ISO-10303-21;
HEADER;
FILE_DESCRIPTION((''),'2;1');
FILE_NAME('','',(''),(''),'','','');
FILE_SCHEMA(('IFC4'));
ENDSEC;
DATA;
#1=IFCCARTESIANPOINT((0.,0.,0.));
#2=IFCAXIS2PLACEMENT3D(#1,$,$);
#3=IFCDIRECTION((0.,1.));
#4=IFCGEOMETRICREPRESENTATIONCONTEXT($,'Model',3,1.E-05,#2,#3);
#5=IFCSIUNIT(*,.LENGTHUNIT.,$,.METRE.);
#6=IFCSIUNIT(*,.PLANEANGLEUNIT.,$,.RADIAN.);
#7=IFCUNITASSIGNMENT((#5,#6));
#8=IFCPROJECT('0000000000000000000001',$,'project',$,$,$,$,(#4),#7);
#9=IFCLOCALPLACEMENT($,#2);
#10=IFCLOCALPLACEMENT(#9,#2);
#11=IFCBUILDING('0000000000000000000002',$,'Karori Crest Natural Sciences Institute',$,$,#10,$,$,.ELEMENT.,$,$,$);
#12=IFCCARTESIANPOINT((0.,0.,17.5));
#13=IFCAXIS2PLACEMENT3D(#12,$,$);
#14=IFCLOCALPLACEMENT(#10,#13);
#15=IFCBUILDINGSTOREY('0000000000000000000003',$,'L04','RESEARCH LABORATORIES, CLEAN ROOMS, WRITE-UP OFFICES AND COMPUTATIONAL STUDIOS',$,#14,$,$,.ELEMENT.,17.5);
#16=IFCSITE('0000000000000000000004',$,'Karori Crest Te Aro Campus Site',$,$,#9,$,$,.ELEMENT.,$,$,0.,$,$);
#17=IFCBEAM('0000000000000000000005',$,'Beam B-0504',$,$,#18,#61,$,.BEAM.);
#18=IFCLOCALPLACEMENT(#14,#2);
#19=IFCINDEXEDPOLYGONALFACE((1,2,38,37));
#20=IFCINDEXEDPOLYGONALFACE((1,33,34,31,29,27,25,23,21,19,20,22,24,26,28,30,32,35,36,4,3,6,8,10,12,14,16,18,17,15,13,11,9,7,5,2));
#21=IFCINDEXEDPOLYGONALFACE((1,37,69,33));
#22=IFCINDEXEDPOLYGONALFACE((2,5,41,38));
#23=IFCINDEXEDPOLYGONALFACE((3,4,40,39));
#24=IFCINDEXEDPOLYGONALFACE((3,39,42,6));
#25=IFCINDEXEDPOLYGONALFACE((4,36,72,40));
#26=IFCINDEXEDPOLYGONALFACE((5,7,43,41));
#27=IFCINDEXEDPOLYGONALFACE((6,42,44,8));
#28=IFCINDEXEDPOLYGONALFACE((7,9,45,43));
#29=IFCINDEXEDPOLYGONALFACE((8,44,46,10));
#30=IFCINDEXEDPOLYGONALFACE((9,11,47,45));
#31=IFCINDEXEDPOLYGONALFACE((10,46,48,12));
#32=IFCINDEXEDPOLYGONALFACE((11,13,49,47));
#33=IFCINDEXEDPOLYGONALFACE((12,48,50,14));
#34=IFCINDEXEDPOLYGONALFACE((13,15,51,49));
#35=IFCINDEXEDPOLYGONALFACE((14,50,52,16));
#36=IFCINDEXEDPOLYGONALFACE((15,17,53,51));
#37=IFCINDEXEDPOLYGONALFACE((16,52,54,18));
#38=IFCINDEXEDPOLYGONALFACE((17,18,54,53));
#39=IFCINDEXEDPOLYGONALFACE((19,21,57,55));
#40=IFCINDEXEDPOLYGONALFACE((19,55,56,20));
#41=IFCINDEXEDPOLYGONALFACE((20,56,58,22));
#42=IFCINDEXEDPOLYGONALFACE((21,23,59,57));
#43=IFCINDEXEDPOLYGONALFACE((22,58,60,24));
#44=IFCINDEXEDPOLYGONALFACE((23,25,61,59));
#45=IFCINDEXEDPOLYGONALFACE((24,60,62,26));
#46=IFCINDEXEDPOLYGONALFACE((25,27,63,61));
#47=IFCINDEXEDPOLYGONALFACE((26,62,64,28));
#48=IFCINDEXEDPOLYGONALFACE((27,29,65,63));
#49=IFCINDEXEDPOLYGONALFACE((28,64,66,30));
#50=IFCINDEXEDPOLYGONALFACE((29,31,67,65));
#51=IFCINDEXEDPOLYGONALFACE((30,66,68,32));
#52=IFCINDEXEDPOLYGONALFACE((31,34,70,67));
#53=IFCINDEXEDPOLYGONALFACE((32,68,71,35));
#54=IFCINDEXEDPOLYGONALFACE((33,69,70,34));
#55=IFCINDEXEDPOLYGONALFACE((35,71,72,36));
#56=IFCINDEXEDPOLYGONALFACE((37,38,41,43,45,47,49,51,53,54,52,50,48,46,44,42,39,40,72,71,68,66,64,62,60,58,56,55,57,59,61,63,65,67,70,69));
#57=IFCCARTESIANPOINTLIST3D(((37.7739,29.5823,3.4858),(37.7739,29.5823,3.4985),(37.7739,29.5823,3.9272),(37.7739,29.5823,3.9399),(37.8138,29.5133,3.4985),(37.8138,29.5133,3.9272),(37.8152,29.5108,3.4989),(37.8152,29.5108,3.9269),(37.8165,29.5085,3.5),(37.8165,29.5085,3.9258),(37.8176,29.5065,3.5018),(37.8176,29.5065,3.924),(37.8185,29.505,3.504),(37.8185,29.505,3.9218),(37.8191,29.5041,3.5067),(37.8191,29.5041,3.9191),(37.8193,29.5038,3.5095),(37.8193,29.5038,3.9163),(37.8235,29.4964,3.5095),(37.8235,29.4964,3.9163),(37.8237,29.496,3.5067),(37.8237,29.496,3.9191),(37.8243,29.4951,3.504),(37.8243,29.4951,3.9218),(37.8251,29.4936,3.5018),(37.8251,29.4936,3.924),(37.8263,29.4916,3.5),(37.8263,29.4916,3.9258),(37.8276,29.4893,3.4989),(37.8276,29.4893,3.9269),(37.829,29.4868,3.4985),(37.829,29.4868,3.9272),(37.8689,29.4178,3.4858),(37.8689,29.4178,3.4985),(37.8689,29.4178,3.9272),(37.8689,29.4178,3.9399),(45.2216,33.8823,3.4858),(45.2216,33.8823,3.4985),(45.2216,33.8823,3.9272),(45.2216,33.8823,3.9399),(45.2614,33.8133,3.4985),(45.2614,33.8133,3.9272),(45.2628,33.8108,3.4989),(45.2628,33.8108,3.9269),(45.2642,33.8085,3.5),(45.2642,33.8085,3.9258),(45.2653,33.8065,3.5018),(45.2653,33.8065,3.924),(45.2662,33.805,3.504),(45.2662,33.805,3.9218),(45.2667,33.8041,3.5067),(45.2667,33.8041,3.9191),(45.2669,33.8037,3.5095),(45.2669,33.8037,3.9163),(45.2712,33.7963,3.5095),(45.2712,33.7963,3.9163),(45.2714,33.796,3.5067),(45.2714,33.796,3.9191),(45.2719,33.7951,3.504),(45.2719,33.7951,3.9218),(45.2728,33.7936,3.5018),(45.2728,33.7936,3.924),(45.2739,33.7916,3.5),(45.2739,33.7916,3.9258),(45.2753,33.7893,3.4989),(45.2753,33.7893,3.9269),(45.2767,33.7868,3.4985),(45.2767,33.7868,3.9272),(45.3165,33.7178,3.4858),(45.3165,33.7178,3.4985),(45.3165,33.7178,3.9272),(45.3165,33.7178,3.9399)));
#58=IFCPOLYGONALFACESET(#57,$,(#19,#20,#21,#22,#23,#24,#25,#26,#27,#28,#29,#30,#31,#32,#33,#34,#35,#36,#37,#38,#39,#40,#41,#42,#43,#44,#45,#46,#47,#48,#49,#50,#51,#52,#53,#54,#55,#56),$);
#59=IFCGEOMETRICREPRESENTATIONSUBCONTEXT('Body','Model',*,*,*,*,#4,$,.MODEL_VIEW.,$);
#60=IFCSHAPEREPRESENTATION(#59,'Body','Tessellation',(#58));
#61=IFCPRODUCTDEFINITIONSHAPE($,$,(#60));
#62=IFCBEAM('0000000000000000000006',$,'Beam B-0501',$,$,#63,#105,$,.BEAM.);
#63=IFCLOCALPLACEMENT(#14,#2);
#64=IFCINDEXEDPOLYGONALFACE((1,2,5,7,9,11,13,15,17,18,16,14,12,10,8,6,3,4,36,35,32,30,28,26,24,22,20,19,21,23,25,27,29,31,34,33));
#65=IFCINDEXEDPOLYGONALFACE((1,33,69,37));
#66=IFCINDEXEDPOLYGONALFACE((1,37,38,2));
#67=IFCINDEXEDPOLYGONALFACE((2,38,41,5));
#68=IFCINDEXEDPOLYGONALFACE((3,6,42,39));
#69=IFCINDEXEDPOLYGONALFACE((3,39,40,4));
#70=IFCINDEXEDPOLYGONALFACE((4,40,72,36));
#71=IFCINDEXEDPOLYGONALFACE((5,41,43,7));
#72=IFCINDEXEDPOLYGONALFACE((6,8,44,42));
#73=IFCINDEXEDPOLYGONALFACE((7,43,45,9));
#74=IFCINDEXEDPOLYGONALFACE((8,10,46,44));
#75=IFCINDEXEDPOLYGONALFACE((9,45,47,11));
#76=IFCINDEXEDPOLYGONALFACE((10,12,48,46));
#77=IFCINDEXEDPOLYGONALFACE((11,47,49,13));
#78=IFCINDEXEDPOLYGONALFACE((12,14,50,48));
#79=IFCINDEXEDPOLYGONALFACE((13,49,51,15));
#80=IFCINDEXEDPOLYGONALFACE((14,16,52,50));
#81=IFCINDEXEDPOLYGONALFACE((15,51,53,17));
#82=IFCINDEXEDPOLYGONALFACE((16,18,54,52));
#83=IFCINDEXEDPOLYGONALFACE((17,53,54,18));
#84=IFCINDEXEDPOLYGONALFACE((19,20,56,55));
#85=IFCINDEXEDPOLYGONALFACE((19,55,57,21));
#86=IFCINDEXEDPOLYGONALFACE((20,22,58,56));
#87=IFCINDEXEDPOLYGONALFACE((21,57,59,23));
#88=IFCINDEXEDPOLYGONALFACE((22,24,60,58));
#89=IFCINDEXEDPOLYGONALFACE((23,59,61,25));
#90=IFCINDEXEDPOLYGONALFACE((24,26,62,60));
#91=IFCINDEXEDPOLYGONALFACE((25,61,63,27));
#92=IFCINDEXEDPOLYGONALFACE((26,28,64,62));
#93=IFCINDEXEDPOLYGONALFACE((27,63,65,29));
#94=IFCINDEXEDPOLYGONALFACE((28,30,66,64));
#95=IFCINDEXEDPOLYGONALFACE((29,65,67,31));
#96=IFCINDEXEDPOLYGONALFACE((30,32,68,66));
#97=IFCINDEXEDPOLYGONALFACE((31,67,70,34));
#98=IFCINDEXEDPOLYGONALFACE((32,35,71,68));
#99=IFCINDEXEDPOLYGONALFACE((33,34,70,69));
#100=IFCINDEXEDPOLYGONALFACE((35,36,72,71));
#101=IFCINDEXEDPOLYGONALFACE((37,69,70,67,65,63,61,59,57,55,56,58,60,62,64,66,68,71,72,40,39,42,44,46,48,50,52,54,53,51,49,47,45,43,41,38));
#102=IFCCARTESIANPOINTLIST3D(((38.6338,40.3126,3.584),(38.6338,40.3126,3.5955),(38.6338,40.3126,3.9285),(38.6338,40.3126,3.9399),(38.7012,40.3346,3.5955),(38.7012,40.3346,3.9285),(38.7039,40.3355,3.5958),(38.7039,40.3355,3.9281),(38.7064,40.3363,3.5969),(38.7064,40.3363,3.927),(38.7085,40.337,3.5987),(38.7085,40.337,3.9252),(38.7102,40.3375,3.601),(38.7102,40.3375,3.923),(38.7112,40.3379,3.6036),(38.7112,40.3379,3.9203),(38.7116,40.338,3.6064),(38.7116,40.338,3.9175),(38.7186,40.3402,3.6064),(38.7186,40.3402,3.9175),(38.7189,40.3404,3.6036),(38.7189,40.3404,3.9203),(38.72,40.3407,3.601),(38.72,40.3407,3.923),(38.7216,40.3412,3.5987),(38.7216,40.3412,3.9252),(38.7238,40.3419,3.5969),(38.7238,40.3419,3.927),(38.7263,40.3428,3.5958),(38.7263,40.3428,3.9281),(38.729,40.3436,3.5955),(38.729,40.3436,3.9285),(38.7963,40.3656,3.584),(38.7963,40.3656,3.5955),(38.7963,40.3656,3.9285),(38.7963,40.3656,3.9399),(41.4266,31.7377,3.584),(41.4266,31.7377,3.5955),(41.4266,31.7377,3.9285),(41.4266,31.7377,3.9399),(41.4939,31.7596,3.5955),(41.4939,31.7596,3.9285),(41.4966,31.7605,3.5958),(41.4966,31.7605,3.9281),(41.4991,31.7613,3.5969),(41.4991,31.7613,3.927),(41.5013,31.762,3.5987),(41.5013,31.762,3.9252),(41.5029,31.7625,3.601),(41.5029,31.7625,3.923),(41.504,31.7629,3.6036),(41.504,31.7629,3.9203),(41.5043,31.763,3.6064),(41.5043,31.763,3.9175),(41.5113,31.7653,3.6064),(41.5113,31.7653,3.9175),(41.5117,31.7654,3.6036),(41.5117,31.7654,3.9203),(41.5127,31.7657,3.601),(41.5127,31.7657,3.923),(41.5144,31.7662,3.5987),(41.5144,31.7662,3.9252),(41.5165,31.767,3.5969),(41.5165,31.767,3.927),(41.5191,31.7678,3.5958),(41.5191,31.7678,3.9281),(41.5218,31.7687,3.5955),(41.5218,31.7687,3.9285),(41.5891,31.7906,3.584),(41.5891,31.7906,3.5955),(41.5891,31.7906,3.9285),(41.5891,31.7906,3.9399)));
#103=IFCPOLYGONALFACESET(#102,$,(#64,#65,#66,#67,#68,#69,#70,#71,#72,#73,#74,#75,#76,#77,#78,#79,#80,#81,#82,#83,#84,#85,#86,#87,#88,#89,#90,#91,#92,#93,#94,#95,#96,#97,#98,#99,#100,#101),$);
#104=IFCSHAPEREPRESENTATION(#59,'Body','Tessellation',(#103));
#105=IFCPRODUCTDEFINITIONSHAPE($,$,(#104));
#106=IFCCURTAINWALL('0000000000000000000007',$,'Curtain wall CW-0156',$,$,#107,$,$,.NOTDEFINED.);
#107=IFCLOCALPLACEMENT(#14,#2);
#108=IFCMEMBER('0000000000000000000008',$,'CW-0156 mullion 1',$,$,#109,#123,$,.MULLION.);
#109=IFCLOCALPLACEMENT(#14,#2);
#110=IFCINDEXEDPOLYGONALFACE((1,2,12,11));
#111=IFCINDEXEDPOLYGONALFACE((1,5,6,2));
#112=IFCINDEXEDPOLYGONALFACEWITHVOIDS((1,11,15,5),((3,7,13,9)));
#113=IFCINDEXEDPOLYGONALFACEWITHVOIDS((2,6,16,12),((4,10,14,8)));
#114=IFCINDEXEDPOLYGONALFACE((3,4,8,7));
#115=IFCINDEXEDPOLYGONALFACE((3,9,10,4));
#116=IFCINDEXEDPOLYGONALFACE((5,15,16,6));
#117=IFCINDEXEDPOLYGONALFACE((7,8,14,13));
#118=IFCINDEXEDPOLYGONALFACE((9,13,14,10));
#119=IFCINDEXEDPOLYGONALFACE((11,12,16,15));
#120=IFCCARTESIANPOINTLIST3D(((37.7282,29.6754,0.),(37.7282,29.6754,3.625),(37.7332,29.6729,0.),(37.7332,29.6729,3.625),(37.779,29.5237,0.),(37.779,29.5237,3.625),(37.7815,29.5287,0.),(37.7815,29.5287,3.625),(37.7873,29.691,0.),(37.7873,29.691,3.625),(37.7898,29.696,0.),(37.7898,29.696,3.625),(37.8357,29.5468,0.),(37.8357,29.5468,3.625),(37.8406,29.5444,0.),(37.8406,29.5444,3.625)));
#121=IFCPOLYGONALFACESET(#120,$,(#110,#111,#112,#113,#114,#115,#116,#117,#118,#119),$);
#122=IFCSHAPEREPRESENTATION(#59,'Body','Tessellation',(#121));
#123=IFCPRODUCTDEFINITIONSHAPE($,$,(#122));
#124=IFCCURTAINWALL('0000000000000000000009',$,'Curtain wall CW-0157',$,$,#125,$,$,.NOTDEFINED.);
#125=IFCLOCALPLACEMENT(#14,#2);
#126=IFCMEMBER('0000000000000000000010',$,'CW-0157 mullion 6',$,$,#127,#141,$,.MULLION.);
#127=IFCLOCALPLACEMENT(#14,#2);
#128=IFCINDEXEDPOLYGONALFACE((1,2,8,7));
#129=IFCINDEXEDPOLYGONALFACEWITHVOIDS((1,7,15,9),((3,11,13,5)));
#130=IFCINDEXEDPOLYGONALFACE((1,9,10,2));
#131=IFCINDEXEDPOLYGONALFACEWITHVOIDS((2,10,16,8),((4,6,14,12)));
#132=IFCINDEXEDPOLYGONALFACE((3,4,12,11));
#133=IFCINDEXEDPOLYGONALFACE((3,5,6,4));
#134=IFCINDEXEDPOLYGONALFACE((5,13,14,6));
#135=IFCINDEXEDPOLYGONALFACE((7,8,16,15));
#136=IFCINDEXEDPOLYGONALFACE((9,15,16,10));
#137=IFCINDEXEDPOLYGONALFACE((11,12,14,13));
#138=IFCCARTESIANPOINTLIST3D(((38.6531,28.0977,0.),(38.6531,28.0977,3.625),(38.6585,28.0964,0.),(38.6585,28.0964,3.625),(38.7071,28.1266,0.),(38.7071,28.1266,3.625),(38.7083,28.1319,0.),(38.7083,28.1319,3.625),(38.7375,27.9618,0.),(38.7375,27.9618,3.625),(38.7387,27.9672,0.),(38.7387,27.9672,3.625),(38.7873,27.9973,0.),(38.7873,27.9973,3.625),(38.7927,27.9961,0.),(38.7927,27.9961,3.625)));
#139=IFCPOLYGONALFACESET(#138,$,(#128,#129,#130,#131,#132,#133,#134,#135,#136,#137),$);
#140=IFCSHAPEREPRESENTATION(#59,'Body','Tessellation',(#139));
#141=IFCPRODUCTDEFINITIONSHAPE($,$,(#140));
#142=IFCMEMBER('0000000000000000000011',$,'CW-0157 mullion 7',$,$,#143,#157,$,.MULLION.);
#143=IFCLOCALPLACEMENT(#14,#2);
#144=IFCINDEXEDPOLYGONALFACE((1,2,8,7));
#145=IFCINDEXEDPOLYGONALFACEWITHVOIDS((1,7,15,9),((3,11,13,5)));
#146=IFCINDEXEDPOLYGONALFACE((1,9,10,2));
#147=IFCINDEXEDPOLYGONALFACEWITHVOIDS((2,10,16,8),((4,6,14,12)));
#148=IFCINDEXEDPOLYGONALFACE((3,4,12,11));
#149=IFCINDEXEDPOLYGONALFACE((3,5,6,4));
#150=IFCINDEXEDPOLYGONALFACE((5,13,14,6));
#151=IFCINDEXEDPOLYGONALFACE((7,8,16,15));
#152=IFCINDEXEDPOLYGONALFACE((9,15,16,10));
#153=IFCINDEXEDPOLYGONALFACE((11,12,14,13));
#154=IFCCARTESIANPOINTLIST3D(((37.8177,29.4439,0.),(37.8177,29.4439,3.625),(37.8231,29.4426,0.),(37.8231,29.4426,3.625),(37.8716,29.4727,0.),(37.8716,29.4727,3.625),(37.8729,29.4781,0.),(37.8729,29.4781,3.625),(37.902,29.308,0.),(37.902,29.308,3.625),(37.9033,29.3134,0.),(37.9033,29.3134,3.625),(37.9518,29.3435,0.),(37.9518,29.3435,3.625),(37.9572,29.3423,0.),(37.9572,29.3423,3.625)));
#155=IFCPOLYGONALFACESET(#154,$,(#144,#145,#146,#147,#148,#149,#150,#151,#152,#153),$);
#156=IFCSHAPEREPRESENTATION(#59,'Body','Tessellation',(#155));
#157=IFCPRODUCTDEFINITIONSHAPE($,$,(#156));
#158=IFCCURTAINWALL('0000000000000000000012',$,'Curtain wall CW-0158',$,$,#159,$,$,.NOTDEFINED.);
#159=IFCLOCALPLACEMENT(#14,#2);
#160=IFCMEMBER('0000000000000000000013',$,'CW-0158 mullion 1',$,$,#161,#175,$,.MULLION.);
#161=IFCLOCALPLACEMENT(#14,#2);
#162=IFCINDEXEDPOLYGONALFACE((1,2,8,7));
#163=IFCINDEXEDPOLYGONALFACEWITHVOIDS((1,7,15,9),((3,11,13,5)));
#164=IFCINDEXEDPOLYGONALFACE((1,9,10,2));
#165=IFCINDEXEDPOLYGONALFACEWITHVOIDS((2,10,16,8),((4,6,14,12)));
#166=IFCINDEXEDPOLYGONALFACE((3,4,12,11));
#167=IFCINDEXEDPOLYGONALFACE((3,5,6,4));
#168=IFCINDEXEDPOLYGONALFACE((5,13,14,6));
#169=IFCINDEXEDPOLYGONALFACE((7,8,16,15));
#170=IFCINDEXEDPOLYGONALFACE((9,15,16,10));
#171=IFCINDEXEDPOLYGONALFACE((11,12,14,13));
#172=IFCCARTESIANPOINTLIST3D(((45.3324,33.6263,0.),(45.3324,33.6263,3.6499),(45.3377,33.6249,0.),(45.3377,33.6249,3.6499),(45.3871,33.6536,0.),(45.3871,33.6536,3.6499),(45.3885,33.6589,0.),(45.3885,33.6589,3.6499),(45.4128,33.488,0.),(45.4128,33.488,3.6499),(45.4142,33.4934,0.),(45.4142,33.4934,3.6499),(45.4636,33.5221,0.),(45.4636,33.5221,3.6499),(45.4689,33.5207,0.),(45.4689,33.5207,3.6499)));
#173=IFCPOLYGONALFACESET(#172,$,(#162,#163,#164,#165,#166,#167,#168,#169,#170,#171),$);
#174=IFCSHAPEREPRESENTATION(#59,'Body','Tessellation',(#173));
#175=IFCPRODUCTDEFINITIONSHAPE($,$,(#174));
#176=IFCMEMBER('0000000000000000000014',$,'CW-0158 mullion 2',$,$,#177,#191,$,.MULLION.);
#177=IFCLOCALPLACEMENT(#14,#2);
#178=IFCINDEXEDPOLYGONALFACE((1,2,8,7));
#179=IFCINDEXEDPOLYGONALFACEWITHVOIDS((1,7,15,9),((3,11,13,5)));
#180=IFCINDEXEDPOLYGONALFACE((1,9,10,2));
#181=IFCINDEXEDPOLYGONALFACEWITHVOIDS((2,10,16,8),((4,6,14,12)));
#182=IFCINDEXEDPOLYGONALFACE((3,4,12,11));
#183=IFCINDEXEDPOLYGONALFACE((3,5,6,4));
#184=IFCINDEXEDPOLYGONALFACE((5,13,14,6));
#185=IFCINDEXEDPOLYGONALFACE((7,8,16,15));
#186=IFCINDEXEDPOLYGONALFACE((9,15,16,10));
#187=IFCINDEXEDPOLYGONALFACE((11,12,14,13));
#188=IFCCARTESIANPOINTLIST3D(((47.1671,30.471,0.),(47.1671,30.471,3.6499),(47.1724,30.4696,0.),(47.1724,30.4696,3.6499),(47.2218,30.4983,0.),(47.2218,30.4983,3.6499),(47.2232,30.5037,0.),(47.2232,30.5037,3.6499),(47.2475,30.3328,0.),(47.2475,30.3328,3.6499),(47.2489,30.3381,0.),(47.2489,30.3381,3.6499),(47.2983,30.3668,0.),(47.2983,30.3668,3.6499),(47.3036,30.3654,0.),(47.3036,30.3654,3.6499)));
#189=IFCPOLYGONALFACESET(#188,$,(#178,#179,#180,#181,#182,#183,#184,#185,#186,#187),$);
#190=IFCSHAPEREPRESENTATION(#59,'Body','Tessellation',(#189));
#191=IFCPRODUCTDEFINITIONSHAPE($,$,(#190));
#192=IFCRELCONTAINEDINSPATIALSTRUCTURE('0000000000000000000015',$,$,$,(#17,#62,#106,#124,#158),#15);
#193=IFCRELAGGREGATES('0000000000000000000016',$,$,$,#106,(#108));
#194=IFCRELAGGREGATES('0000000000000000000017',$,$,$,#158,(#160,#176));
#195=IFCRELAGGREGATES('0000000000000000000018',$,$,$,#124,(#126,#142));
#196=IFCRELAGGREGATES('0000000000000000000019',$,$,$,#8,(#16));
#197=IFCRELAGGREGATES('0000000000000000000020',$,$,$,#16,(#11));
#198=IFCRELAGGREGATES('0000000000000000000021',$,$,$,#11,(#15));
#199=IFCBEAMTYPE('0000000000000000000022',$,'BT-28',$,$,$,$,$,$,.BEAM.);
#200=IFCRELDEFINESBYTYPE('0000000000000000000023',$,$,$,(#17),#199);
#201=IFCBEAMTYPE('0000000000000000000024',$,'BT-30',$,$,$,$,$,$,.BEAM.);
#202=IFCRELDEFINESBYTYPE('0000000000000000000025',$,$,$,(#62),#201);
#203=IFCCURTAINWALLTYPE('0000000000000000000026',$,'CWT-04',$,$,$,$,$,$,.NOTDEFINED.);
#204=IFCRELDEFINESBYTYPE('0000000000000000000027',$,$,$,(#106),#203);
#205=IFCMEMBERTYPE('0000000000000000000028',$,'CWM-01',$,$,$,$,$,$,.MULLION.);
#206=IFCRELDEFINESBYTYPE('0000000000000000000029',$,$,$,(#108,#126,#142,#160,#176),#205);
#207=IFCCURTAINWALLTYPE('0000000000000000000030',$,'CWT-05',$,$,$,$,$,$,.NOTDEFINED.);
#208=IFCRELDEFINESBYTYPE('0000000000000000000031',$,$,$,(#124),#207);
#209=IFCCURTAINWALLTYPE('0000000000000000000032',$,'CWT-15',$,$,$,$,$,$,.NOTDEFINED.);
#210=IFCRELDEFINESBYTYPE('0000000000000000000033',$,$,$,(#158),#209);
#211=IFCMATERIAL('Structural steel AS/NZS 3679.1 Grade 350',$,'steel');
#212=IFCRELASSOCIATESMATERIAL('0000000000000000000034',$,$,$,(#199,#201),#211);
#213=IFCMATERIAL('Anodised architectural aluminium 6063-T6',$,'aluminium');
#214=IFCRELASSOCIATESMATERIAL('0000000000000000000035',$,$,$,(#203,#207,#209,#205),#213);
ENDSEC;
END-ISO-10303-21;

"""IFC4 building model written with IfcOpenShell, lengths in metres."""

from ifc_helpers import new_model, si_unit, direction, frame, origin, origin_2d, place, context, subcontext, project, spatial, hollow_rectangle, i_section, extrude, material, material_profile, profile_set, type_object, element, aggregate, save


model = new_model("IFC4")

# Units and contexts
model_context = context("Model", 3, precision=1e-05, world=origin(), true_north=direction((0.0, 1.0)))
body_context = subcontext(model_context, "Body", "Model", "MODEL_VIEW")
ifc_project = project(units=[si_unit("LENGTHUNIT", "METRE"), si_unit("PLANEANGLEUNIT", "RADIAN")], contexts=[model_context])

# Site, building, storey
site_placement = place(None, origin())
site = spatial("IfcSite", under=ifc_project, at=site_placement, Name="Karori Crest Te Aro Campus Site", CompositionType="ELEMENT", RefElevation=0.0)
building_placement = place(site_placement, origin())
building = spatial("IfcBuilding", under=site, at=building_placement, Name="Karori Crest Natural Sciences Institute", CompositionType="ELEMENT")
storey_placement = place(building_placement, frame((0.0, 0.0, 17.5)))
storey = spatial("IfcBuildingStorey", under=building, at=storey_placement, Name="L04", Description="RESEARCH LABORATORIES, CLEAN ROOMS, WRITE-UP OFFICES AND COMPUTATIONAL STUDIOS", CompositionType="ELEMENT", Elevation=17.5)

# Shared definitions
ifc_material_1 = material(Name="Structural steel AS/NZS 3679.1 Grade 350", Category="steel")

# Beams
ifc_material_profile_1 = material_profile(ifc_material_1, i_section(OverallWidth=0.1899, OverallDepth=0.4541, WebThickness=0.0085, FlangeThickness=0.0127, FilletRadius=0.011, at=origin_2d()), Name="460UB67.1")
ifc_profile_set_1 = profile_set([ifc_material_profile_1], Name="Structural steel AS/NZS 3679.1 Grade 350")
beam_type_1 = type_object("IfcBeamType", Name="BT-28", PredefinedType="BEAM", material=ifc_profile_set_1)
beam_1_placement = place(storey_placement, frame((45.269, 33.8, 3.7129), z_axis=(-0.866021, -0.500008, 0.0), x_axis=(0.500008, -0.866021, 0.0)))
element("IfcBeam", 1, at=beam_1_placement, inside=storey, type_object=beam_type_1, Name="Beam B-0504", PredefinedType="BEAM", context=body_context, shape_type="SweptSolid", body=[
    extrude(i_section(OverallWidth=0.1899, OverallDepth=0.4541, WebThickness=0.0085, FlangeThickness=0.0127, FilletRadius=0.011, at=origin_2d()), origin(), (0.0, 0.0, 1.0), 8.5999),
])
ifc_material_profile_2 = material_profile(ifc_material_1, i_section(OverallWidth=0.1709, OverallDepth=0.356, WebThickness=0.0073, FlangeThickness=0.0115, FilletRadius=0.011, at=origin_2d()), Name="360UB50.7")
ifc_profile_set_2 = profile_set([ifc_material_profile_2], Name="Structural steel AS/NZS 3679.1 Grade 350")
beam_type_2 = type_object("IfcBeamType", Name="BT-30", PredefinedType="BEAM", material=ifc_profile_set_2)
beam_2_placement = place(storey_placement, frame((38.7151, 40.3391, 3.762), z_axis=(0.309674, -0.950843, 0.0), x_axis=(0.950843, 0.309674, 0.0)))
element("IfcBeam", 2, at=beam_2_placement, inside=storey, type_object=beam_type_2, Name="Beam B-0501", PredefinedType="BEAM", context=body_context, shape_type="SweptSolid", body=[
    extrude(i_section(OverallWidth=0.1709, OverallDepth=0.356, WebThickness=0.0073, FlangeThickness=0.0115, FilletRadius=0.011, at=origin_2d()), origin(), (0.0, 0.0, 1.0), 9.0183),
])

# Curtain wall, member
ifc_material_2 = material(Name="Anodised architectural aluminium 6063-T6", Category="aluminium")
curtain_wall_type_1 = type_object("IfcCurtainWallType", Name="CWT-04", PredefinedType="NOTDEFINED", material=ifc_material_2)
curtain_wall_1_placement = place(storey_placement, origin())
curtain_wall_1 = element("IfcCurtainWall", 3, at=curtain_wall_1_placement, inside=storey, type_object=curtain_wall_type_1, Name="Curtain wall CW-0156", PredefinedType="NOTDEFINED")
ifc_material_profile_3 = material_profile(ifc_material_2, hollow_rectangle(XDim=0.0649, YDim=0.1599, WallThickness=0.0039, at=origin_2d()), Name="CWM160x65x4")
ifc_profile_set_3 = profile_set([ifc_material_profile_3], Name="Anodised architectural aluminium 6063-T6")
member_type_1 = type_object("IfcMemberType", Name="CWM-01", PredefinedType="MULLION", material=ifc_profile_set_3)
member_1_placement = place(storey_placement, frame((37.7844, 29.6099, 0.0), z_axis=(0.0, 0.0, 1.0), x_axis=(-0.948198, -0.31768, 0.0)))
member_1 = element("IfcMember", 4, at=member_1_placement, type_object=member_type_1, Name="CW-0156 mullion 1", PredefinedType="MULLION", context=body_context, shape_type="SweptSolid", body=[
    extrude(hollow_rectangle(XDim=0.0649, YDim=0.1599, WallThickness=0.0039, at=origin_2d()), origin(), (0.0, 0.0, 1.0), 3.625),
])

# Curtain walls, members
curtain_wall_type_2 = type_object("IfcCurtainWallType", Name="CWT-05", PredefinedType="NOTDEFINED", material=ifc_material_2)
curtain_wall_2_placement = place(storey_placement, origin())
curtain_wall_2 = element("IfcCurtainWall", 5, at=curtain_wall_2_placement, inside=storey, type_object=curtain_wall_type_2, Name="Curtain wall CW-0157", PredefinedType="NOTDEFINED")
member_2_placement = place(storey_placement, frame((38.7229, 28.0469, 0.0), z_axis=(0.0, 0.0, 1.0), x_axis=(-0.849662, -0.527328, 0.0)))
member_2 = element("IfcMember", 6, at=member_2_placement, type_object=member_type_1, Name="CW-0157 mullion 6", PredefinedType="MULLION", context=body_context, shape_type="SweptSolid", body=[
    extrude(hollow_rectangle(XDim=0.0649, YDim=0.1599, WallThickness=0.0039, at=origin_2d()), origin(), (0.0, 0.0, 1.0), 3.625),
])
member_3_placement = place(storey_placement, frame((37.8875, 29.3931, 0.0), z_axis=(0.0, 0.0, 1.0), x_axis=(-0.849662, -0.527328, 0.0)))
member_3 = element("IfcMember", 7, at=member_3_placement, type_object=member_type_1, Name="CW-0157 mullion 7", PredefinedType="MULLION", context=body_context, shape_type="SweptSolid", body=[
    extrude(hollow_rectangle(XDim=0.0649, YDim=0.1599, WallThickness=0.0039, at=origin_2d()), origin(), (0.0, 0.0, 1.0), 3.625),
])
curtain_wall_type_3 = type_object("IfcCurtainWallType", Name="CWT-15", PredefinedType="NOTDEFINED", material=ifc_material_2)
curtain_wall_3_placement = place(storey_placement, origin())
curtain_wall_3 = element("IfcCurtainWall", 8, at=curtain_wall_3_placement, inside=storey, type_object=curtain_wall_type_3, Name="Curtain wall CW-0158", PredefinedType="NOTDEFINED")
member_4_placement = place(storey_placement, frame((45.4006, 33.5735, 0.0), z_axis=(0.0, 0.0, 1.0), x_axis=(0.864487, 0.502655, 0.0)))
member_4 = element("IfcMember", 9, at=member_4_placement, type_object=member_type_1, Name="CW-0158 mullion 1", PredefinedType="MULLION", context=body_context, shape_type="SweptSolid", body=[
    extrude(hollow_rectangle(XDim=0.0649, YDim=0.1599, WallThickness=0.0039, at=origin_2d()), origin(), (0.0, 0.0, 1.0), 3.6499),
])
member_5_placement = place(storey_placement, frame((47.2354, 30.4182, 0.0), z_axis=(0.0, 0.0, 1.0), x_axis=(0.864487, 0.502655, 0.0)))
member_5 = element("IfcMember", 10, at=member_5_placement, type_object=member_type_1, Name="CW-0158 mullion 2", PredefinedType="MULLION", context=body_context, shape_type="SweptSolid", body=[
    extrude(hollow_rectangle(XDim=0.0649, YDim=0.1599, WallThickness=0.0039, at=origin_2d()), origin(), (0.0, 0.0, 1.0), 3.6499),
])

aggregate(curtain_wall_1, [member_1])

aggregate(curtain_wall_3, [member_4, member_5])
aggregate(curtain_wall_2, [member_2, member_3])

save(model, "model.ifc")
